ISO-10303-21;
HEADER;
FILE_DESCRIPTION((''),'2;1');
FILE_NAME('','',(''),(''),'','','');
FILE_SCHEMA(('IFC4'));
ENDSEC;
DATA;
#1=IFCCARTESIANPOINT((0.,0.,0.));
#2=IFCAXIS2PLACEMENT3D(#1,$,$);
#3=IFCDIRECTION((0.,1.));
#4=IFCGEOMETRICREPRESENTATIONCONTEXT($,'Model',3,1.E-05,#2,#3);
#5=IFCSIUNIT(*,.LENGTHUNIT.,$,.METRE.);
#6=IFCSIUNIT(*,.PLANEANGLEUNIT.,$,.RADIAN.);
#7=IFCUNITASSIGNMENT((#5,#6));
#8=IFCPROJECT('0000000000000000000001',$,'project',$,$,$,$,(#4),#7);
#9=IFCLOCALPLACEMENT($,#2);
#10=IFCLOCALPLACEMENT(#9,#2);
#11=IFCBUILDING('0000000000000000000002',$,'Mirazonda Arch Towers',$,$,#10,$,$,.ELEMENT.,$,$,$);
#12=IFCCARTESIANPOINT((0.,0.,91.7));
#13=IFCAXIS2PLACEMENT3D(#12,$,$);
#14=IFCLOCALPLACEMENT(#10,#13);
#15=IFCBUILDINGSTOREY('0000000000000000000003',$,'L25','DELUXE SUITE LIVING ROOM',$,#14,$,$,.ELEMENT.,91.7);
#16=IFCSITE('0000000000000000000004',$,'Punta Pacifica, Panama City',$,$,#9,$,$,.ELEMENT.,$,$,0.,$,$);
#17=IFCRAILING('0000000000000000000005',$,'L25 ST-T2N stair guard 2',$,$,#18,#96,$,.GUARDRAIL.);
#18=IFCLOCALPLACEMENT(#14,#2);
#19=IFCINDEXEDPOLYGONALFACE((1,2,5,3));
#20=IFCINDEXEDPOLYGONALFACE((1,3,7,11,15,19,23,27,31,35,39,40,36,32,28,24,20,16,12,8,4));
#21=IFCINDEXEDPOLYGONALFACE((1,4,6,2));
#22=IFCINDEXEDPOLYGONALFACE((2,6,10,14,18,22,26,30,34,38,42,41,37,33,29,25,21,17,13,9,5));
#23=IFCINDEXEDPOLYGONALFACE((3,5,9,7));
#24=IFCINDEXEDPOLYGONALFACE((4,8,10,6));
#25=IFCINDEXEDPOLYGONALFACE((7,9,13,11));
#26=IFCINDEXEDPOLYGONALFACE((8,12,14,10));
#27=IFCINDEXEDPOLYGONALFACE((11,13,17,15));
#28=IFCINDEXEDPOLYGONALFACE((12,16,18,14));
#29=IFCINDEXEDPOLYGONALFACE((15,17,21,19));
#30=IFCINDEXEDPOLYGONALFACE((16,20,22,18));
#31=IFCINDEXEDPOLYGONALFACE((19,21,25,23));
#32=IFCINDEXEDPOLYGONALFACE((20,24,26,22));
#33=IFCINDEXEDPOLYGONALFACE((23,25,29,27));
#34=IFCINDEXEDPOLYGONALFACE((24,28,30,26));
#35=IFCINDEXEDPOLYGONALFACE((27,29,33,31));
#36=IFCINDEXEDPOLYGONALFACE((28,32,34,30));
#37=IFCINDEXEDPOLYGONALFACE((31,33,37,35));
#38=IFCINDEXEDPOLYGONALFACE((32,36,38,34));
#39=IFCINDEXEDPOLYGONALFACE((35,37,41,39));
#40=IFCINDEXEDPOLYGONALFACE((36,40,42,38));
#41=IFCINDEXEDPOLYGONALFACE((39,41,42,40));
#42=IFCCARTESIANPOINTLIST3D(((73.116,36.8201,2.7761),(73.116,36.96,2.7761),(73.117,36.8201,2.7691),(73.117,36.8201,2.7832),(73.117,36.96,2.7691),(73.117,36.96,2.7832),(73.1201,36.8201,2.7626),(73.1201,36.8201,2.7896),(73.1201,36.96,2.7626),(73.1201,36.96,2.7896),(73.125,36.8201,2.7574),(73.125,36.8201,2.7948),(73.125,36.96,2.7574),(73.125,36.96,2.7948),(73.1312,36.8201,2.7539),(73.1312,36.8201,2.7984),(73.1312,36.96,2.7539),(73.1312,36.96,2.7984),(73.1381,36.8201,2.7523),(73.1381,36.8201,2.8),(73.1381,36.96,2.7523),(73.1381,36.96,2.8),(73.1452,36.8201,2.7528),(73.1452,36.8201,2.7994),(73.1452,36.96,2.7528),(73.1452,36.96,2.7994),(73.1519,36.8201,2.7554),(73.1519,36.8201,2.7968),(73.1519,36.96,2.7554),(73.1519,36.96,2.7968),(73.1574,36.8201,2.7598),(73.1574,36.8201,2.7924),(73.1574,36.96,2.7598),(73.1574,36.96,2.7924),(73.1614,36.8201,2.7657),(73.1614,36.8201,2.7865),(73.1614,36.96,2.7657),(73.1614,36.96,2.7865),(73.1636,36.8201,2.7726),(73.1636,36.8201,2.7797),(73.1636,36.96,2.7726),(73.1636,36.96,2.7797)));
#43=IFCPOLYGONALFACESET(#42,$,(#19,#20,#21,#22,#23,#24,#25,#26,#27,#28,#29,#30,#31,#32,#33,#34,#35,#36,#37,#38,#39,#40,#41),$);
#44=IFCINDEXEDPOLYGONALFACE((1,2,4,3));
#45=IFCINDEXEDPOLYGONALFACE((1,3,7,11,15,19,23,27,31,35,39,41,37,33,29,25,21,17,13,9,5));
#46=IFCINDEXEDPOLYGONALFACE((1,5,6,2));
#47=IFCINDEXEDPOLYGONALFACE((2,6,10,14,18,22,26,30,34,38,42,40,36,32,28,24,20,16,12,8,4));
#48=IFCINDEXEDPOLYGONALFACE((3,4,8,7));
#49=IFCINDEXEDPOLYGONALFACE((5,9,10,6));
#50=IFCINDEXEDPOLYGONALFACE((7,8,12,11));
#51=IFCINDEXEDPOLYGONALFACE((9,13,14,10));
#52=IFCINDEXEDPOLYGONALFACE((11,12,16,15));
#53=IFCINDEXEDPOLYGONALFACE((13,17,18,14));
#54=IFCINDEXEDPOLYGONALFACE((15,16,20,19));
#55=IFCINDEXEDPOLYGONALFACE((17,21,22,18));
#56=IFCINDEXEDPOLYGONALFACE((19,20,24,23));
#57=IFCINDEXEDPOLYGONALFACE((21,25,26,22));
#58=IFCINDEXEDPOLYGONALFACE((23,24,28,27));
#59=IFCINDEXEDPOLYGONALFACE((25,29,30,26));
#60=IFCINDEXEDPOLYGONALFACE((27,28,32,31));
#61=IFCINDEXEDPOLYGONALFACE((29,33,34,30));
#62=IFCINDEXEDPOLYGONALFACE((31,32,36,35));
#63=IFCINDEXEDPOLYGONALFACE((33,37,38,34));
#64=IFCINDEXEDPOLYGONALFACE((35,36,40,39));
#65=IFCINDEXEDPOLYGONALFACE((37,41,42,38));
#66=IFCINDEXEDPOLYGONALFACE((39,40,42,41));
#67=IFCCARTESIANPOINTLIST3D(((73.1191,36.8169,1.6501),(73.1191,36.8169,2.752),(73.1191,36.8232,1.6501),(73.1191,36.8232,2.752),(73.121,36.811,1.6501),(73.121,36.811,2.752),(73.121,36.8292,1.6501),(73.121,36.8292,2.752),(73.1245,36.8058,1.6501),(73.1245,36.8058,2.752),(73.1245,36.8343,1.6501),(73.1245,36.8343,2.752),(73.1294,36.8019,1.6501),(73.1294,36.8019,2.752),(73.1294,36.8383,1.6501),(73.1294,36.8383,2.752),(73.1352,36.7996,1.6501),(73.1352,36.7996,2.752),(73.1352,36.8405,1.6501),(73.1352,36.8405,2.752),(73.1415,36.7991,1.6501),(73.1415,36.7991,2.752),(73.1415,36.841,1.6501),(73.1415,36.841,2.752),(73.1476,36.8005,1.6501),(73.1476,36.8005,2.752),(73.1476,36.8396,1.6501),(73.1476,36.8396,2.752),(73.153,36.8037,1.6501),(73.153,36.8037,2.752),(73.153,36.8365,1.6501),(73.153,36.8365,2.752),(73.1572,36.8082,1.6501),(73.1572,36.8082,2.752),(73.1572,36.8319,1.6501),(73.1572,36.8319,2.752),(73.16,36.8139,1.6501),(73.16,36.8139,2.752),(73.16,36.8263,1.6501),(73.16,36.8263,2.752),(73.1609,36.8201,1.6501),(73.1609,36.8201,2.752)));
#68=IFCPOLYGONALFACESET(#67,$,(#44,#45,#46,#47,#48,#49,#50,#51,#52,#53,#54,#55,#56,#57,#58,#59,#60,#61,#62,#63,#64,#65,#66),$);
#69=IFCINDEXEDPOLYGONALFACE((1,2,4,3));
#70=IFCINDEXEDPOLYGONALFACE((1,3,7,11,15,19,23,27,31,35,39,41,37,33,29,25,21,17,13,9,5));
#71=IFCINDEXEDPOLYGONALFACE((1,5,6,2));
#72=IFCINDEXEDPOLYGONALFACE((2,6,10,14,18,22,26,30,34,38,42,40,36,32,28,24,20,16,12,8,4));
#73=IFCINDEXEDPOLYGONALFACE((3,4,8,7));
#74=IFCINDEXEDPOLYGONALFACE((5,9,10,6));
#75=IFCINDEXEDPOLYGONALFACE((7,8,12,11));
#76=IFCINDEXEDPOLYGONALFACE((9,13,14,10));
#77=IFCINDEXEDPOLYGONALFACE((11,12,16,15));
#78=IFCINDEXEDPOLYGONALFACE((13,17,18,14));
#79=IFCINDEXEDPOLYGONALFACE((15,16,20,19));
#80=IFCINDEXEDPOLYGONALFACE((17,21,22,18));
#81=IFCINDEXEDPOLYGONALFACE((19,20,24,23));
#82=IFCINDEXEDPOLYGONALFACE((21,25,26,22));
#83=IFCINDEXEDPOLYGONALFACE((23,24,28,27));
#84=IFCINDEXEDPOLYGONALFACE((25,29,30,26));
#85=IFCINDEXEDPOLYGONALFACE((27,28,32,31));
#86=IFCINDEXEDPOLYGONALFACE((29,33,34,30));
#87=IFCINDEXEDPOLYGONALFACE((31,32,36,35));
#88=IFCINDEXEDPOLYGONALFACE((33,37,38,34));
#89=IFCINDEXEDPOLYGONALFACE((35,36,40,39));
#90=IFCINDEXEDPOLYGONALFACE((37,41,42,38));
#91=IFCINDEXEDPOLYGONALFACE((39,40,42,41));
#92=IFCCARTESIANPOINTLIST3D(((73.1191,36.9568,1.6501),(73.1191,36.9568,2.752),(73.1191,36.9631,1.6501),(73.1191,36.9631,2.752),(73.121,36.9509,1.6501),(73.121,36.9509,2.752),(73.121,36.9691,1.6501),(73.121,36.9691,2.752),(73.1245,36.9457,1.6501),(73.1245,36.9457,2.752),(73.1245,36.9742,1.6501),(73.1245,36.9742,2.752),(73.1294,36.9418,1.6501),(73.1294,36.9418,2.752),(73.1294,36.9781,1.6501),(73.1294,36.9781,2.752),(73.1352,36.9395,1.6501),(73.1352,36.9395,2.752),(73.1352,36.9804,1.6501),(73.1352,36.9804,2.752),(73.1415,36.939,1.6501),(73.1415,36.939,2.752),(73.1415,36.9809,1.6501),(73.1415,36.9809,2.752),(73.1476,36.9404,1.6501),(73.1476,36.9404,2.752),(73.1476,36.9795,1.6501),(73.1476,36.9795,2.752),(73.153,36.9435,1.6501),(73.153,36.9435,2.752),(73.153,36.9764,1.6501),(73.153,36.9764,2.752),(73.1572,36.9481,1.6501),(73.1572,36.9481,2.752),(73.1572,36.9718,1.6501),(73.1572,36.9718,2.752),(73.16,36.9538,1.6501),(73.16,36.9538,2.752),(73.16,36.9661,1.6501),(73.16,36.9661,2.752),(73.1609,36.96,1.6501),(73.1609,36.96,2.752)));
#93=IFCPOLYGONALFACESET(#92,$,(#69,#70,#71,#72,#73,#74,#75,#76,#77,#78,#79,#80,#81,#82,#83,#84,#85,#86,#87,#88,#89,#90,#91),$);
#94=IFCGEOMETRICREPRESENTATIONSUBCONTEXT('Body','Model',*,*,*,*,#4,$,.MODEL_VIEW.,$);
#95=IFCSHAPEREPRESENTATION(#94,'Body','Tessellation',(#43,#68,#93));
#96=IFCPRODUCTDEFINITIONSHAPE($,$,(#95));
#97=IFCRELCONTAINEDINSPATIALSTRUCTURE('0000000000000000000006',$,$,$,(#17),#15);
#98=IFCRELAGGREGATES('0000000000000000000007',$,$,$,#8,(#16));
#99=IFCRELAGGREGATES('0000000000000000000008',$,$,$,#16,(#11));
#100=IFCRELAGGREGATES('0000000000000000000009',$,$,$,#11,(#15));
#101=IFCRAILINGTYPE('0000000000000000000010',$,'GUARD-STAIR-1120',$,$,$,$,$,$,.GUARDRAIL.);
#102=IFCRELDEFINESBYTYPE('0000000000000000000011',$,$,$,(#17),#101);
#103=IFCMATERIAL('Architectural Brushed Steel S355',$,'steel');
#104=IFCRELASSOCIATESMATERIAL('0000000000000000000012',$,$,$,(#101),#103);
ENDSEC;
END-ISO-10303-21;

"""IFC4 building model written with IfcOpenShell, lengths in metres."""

from ifc_helpers import new_model, si_unit, direction, frame, origin, origin_2d, place, context, subcontext, project, spatial, circle, extrude, material, type_object, element, save


model = new_model("IFC4")

# Units and contexts
model_context = context("Model", 3, precision=1e-05, world=origin(), true_north=direction((0.0, 1.0)))
body_context = subcontext(model_context, "Body", "Model", "MODEL_VIEW")
ifc_project = project(units=[si_unit("LENGTHUNIT", "METRE"), si_unit("PLANEANGLEUNIT", "RADIAN")], contexts=[model_context])

# Site, building, storey
site_placement = place(None, origin())
site = spatial("IfcSite", under=ifc_project, at=site_placement, Name="Punta Pacifica, Panama City", CompositionType="ELEMENT", RefElevation=0.0)
building_placement = place(site_placement, origin())
building = spatial("IfcBuilding", under=site, at=building_placement, Name="Mirazonda Arch Towers", CompositionType="ELEMENT")
storey_placement = place(building_placement, frame((0.0, 0.0, 91.7)))
storey = spatial("IfcBuildingStorey", under=building, at=storey_placement, Name="L25", Description="DELUXE SUITE LIVING ROOM", CompositionType="ELEMENT", Elevation=91.7)

# Railing
ifc_material_1 = material(Name="Architectural Brushed Steel S355", Category="steel")
railing_type_1 = type_object("IfcRailingType", Name="GUARD-STAIR-1120", PredefinedType="GUARDRAIL", material=ifc_material_1)
railing_1_placement = place(storey_placement, frame((73.1399, 36.8201, 1.6501)))
element("IfcRailing", 1, at=railing_1_placement, inside=storey, type_object=railing_type_1, Name="L25 ST-T2N stair guard 2", PredefinedType="GUARDRAIL", context=body_context, shape_type="SweptSolid", body=[
    extrude(circle(Radius=0.0239, at=origin_2d()), frame((0.0, 0.0, 1.126), z_axis=(0.0, 1.0, 0.0), x_axis=(-1.0, 0.0, 0.0)), (0.0, 0.0, 1.0), 0.1399),
    extrude(circle(Radius=0.021, at=origin_2d()), origin(), (0.0, 0.0, 1.0), 1.1018),
    extrude(circle(Radius=0.021, at=origin_2d()), frame((0.0, 0.1399, 0.0)), (0.0, 0.0, 1.0), 1.1018),
])

save(model, "model.ifc")
